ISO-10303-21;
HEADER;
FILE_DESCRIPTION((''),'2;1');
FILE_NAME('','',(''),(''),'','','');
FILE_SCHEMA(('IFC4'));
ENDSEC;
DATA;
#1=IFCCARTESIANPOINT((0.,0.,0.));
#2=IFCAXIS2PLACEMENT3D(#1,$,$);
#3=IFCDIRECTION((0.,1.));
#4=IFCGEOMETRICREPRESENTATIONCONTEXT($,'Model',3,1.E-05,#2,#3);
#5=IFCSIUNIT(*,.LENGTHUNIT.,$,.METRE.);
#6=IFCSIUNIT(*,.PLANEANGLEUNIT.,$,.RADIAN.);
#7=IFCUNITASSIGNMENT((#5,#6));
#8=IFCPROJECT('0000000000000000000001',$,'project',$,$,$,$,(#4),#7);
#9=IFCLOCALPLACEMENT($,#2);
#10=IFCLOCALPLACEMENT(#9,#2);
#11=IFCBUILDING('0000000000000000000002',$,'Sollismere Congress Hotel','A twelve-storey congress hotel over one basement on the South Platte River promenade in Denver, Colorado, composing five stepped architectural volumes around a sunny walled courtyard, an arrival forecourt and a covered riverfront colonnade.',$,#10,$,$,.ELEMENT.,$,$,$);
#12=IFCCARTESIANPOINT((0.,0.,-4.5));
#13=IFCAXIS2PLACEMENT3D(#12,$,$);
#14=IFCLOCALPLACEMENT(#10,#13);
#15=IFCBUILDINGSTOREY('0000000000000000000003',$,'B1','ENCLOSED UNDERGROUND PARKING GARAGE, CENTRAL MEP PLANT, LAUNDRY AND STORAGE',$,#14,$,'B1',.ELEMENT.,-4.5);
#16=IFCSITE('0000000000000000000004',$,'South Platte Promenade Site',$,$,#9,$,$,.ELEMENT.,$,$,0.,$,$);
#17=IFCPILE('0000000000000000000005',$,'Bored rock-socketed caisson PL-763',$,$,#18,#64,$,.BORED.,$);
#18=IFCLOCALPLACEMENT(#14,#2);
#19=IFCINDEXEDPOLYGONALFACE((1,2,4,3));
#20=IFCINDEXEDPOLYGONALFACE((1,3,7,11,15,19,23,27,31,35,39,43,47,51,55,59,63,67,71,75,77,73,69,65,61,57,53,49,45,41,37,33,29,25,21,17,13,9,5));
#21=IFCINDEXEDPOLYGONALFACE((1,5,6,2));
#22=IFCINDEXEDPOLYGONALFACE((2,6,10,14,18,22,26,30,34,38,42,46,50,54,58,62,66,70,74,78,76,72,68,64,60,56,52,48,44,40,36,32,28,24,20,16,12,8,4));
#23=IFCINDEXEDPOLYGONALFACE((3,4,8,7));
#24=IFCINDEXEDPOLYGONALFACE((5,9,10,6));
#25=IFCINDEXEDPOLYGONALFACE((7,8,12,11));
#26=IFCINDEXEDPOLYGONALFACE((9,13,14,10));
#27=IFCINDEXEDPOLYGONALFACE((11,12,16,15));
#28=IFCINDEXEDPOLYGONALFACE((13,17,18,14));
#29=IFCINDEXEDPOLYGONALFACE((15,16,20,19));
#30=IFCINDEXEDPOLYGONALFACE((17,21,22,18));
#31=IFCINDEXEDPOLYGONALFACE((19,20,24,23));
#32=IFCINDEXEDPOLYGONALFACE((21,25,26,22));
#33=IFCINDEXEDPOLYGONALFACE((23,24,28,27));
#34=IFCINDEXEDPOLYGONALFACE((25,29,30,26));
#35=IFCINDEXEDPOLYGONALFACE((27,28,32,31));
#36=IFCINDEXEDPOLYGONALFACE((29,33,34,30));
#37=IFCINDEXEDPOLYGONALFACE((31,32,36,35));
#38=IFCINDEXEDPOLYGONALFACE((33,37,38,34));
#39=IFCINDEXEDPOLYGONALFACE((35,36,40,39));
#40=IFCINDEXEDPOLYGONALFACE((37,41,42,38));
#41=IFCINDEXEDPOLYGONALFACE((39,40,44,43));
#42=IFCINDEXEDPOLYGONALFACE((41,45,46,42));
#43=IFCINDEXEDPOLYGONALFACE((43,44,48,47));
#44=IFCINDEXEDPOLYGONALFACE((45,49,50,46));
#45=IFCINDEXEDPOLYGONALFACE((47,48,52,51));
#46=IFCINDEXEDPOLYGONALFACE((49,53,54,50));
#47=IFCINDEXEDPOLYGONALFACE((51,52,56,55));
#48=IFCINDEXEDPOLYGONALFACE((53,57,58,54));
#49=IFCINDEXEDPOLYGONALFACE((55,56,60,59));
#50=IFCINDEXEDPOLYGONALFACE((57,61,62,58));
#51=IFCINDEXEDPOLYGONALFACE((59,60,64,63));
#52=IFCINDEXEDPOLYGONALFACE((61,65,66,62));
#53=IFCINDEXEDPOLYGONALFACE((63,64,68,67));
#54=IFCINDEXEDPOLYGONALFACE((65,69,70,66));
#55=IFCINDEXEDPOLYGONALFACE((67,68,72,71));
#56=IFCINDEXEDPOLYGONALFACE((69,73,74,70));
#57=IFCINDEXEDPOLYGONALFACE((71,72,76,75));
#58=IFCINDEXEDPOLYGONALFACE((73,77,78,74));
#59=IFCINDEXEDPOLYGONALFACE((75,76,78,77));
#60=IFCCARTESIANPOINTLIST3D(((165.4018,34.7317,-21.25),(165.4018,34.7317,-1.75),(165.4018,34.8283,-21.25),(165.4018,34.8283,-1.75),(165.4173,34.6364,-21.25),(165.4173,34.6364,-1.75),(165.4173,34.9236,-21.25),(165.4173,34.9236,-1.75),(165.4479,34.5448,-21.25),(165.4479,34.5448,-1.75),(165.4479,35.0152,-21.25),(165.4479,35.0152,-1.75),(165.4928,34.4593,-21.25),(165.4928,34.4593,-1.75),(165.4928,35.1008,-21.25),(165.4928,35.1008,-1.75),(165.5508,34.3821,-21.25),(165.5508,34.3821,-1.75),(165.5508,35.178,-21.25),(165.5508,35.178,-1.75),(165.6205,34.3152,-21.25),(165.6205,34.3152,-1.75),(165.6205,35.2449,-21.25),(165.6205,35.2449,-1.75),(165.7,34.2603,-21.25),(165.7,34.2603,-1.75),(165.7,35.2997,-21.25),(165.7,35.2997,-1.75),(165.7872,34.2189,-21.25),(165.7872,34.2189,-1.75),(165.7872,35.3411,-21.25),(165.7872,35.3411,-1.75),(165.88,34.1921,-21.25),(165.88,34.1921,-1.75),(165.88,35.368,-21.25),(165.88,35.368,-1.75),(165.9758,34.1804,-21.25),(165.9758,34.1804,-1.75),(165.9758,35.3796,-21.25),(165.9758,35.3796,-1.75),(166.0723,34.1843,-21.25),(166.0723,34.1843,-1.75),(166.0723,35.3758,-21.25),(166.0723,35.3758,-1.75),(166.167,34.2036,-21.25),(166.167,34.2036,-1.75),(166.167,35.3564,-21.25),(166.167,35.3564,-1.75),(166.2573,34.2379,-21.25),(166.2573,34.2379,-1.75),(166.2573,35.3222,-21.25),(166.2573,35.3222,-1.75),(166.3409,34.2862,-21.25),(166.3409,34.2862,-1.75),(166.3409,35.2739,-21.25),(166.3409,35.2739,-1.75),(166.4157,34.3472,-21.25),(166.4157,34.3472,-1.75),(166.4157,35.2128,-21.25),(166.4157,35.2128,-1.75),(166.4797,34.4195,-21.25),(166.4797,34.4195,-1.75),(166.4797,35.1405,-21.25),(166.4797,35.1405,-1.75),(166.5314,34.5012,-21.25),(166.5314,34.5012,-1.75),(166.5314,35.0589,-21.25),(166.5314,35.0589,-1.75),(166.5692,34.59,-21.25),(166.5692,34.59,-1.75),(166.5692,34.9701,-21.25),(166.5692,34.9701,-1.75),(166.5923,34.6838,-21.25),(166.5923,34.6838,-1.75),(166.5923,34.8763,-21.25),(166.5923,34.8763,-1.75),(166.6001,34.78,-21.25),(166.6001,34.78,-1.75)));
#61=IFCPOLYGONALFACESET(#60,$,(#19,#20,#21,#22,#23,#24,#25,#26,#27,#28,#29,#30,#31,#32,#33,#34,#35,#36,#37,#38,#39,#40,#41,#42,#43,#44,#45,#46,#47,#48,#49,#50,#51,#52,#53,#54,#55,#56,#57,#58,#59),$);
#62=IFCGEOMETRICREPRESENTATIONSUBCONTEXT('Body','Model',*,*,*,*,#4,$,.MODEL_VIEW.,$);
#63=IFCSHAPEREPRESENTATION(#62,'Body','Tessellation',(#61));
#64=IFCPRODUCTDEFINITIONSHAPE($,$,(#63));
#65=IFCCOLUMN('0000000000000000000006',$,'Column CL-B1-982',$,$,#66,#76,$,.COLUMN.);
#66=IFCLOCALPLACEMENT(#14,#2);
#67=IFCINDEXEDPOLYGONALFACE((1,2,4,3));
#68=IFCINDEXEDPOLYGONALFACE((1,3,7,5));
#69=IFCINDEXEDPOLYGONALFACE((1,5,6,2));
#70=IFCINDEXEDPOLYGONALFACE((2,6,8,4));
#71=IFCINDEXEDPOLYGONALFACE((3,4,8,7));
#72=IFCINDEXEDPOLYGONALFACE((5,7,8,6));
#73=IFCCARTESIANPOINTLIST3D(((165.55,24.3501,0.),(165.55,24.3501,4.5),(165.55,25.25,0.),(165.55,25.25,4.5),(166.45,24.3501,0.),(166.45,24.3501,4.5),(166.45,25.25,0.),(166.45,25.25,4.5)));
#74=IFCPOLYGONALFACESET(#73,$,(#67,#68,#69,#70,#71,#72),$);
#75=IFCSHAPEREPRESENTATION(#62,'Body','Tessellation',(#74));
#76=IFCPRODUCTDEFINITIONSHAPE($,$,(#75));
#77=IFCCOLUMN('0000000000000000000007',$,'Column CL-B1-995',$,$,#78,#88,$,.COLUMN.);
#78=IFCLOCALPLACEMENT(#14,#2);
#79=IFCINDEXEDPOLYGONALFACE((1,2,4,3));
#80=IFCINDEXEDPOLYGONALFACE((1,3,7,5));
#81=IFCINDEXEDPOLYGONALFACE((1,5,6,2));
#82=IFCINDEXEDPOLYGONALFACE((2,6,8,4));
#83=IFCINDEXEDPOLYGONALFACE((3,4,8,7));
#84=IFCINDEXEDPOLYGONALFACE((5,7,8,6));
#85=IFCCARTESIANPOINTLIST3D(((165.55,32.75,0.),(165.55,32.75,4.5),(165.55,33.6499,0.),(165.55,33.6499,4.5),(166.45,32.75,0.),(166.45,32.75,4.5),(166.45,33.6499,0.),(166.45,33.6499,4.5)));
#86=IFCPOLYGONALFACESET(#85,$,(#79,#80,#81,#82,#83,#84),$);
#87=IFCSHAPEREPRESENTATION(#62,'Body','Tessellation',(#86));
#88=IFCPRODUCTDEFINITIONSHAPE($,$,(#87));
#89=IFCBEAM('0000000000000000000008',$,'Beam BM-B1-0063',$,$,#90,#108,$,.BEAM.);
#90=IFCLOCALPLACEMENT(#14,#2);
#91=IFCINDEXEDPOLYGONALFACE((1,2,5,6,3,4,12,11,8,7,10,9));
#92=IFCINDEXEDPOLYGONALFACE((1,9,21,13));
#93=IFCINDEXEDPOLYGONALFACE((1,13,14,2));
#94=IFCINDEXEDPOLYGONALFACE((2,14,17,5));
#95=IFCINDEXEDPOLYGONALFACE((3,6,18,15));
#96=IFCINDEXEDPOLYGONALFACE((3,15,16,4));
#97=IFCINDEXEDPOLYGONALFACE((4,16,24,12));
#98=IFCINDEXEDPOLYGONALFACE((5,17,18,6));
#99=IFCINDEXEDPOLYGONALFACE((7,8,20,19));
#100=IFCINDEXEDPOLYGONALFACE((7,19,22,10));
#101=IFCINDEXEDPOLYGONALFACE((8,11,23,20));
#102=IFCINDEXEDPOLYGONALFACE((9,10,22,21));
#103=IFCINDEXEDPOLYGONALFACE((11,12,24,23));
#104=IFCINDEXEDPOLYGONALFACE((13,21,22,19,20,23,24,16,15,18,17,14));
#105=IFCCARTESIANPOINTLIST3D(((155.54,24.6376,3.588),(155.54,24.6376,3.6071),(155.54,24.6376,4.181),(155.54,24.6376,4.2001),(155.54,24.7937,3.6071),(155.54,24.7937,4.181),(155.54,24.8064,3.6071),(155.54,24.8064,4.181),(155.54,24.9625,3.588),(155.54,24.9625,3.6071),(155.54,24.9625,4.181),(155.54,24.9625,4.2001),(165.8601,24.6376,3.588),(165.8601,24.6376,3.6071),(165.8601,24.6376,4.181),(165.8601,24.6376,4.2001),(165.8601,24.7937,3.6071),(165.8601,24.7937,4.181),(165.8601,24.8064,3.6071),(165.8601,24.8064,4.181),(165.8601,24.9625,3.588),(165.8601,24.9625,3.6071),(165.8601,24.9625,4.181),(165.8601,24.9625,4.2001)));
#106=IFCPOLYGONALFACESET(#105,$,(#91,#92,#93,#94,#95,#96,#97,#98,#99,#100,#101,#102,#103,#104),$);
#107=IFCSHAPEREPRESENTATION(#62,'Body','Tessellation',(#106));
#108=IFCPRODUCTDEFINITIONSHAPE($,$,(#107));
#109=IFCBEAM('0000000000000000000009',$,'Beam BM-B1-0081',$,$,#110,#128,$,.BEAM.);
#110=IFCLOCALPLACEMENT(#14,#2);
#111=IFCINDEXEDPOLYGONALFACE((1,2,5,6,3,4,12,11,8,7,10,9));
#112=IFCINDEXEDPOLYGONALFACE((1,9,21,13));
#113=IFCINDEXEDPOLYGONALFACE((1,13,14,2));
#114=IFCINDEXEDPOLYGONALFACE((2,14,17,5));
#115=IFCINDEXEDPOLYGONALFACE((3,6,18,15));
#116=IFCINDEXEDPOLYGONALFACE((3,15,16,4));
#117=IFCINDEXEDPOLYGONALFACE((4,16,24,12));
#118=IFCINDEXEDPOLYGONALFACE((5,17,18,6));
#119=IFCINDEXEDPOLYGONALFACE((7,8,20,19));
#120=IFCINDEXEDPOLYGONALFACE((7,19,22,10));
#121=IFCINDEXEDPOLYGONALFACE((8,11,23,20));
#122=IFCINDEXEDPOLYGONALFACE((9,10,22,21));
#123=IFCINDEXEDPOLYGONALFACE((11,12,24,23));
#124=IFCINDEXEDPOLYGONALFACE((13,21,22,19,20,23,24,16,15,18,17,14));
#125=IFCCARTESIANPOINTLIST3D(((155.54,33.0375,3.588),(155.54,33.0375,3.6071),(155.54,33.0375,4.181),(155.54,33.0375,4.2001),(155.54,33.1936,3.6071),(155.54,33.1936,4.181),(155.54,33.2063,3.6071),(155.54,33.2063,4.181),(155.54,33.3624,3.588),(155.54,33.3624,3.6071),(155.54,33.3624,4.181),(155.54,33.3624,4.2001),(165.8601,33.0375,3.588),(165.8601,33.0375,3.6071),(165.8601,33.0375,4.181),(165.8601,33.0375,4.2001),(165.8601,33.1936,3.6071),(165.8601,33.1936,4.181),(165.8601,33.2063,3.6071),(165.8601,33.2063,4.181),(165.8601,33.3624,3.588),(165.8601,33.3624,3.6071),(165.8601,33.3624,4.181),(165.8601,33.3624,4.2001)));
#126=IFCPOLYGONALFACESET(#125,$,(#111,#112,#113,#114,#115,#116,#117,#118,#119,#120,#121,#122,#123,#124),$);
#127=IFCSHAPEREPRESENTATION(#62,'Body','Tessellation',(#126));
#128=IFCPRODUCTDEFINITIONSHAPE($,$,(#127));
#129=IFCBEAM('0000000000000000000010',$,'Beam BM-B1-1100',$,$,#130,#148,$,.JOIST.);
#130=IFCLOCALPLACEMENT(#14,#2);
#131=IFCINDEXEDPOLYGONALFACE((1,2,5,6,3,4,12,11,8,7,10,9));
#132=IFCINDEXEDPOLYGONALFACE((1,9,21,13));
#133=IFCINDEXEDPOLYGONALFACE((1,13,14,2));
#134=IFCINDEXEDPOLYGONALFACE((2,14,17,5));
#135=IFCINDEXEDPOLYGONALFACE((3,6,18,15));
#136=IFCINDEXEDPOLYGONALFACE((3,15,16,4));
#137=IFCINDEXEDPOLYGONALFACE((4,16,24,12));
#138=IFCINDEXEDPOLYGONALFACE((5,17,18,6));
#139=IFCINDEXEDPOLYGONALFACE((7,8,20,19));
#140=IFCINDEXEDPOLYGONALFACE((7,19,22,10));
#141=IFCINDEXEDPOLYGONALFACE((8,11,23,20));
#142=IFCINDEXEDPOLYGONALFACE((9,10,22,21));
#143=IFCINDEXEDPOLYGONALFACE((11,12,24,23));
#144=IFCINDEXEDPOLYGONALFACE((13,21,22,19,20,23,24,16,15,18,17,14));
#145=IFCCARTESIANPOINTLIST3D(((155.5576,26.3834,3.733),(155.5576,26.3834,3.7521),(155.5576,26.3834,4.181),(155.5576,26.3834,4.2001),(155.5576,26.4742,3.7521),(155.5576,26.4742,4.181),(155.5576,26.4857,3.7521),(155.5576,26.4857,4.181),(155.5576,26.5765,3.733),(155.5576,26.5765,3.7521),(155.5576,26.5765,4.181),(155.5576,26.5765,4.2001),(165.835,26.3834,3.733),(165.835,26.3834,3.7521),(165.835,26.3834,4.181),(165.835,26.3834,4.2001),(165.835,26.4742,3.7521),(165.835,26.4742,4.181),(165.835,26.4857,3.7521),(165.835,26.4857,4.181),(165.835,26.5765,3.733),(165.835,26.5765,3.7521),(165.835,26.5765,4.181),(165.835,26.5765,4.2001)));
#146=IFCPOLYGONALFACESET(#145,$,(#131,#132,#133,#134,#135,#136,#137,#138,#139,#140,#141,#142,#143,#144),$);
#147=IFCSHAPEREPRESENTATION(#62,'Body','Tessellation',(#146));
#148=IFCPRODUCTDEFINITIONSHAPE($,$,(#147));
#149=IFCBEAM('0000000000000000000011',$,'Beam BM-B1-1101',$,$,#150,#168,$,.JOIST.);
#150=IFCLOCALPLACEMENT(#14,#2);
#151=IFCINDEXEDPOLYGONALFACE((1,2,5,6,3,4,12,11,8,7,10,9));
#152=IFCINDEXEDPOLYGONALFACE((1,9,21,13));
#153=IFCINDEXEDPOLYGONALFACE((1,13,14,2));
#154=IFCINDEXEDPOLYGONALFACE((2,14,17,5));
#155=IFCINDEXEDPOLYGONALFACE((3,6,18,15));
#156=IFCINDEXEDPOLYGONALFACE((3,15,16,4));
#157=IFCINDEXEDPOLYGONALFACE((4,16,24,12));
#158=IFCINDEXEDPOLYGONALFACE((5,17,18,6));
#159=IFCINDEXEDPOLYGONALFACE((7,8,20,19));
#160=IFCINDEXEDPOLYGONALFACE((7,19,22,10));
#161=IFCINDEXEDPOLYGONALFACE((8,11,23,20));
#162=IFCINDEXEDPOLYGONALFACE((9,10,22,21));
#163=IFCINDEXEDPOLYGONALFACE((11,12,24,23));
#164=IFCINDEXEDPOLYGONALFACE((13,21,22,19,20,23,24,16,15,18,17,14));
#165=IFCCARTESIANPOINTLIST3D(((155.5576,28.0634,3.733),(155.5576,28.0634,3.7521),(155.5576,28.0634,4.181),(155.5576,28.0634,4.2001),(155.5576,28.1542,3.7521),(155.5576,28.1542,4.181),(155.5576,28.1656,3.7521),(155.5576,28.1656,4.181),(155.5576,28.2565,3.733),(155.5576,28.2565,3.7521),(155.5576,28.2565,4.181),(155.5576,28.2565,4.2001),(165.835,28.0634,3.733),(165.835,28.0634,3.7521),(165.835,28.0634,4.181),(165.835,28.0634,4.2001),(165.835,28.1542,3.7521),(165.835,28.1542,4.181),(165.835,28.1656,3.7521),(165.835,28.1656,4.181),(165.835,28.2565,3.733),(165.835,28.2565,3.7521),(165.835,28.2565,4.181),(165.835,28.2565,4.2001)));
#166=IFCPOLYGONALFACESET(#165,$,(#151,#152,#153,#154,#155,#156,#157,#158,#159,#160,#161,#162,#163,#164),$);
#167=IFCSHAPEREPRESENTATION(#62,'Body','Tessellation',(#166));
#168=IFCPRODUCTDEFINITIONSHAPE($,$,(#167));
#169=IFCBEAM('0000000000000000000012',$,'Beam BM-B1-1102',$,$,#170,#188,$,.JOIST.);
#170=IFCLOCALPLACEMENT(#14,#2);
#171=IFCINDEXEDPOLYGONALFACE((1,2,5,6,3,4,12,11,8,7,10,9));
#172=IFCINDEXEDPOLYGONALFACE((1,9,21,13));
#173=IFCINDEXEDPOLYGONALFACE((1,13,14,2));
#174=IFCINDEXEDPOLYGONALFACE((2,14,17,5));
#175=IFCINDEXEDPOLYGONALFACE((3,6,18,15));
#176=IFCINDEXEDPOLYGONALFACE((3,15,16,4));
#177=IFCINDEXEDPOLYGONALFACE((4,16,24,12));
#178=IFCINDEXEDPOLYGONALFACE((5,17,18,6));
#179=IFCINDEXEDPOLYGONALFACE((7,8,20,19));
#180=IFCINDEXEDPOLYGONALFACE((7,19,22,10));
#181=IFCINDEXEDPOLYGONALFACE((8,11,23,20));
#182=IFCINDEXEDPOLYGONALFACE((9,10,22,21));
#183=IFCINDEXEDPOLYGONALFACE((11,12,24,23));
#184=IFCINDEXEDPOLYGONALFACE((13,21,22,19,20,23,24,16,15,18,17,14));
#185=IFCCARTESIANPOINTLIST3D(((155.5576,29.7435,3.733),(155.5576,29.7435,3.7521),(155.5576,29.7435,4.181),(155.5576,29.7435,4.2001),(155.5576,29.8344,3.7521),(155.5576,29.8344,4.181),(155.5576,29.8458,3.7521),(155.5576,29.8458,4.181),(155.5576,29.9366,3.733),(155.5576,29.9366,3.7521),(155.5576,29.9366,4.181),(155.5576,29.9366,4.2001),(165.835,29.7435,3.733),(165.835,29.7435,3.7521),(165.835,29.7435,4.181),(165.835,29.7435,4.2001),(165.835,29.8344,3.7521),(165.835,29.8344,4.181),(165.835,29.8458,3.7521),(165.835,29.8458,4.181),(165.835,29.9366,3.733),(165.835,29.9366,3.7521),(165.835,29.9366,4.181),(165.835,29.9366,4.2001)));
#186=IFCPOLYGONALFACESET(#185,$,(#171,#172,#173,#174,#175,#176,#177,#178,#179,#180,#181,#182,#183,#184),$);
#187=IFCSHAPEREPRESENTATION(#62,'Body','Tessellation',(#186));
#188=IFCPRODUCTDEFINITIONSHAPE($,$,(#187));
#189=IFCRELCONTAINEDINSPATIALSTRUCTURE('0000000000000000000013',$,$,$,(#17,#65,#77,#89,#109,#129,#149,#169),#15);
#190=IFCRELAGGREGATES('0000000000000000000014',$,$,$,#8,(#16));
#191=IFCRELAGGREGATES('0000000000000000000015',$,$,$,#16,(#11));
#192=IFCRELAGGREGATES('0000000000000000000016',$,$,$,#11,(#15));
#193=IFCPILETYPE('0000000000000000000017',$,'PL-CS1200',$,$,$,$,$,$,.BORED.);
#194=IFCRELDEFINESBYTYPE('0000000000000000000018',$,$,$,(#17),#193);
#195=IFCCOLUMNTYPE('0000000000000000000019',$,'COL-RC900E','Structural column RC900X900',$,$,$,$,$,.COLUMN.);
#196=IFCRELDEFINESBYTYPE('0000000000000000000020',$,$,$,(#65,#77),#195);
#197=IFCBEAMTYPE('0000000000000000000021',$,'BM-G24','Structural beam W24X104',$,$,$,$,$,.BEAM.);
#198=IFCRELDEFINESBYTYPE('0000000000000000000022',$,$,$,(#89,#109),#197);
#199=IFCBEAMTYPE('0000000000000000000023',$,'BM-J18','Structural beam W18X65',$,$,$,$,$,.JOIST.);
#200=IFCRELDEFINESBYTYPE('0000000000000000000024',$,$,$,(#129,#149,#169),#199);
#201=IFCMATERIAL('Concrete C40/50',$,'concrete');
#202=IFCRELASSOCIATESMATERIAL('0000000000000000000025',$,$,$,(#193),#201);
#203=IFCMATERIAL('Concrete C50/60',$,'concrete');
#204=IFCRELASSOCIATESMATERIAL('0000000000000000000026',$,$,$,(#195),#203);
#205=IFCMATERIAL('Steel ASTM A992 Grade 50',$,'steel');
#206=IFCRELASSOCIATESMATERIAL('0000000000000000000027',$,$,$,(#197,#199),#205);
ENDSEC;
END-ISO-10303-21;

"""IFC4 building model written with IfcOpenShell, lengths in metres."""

from ifc_helpers import new_model, si_unit, direction, frame, origin, origin_2d, place, context, subcontext, project, spatial, rectangle, circle, i_section, extrude, material, material_profile, profile_set, type_object, element, save


model = new_model("IFC4")

# Units and contexts
model_context = context("Model", 3, precision=1e-05, world=origin(), true_north=direction((0.0, 1.0)))
body_context = subcontext(model_context, "Body", "Model", "MODEL_VIEW")
ifc_project = project(units=[si_unit("LENGTHUNIT", "METRE"), si_unit("PLANEANGLEUNIT", "RADIAN")], contexts=[model_context])

# Site, building, storey
site_placement = place(None, origin())
site = spatial("IfcSite", under=ifc_project, at=site_placement, Name="South Platte Promenade Site", CompositionType="ELEMENT", RefElevation=0.0)
building_placement = place(site_placement, origin())
building = spatial("IfcBuilding", under=site, at=building_placement, Name="Sollismere Congress Hotel", Description="A twelve-storey congress hotel over one basement on the South Platte River promenade in Denver, Colorado, composing five stepped architectural volumes around a sunny walled courtyard, an arrival forecourt and a covered riverfront colonnade.", CompositionType="ELEMENT")
storey_placement = place(building_placement, frame((0.0, 0.0, -4.5)))
storey = spatial("IfcBuildingStorey", under=building, at=storey_placement, Name="B1", Description="ENCLOSED UNDERGROUND PARKING GARAGE, CENTRAL MEP PLANT, LAUNDRY AND STORAGE", LongName="B1", CompositionType="ELEMENT", Elevation=-4.5)

# Shared definitions
ifc_material_1 = material(Name="Concrete C40/50", Category="concrete")

# Pile
ifc_material_profile_1 = material_profile(ifc_material_1, circle(Radius=0.6001, at=origin_2d()), Name="CAISSON1200")
ifc_profile_set_1 = profile_set([ifc_material_profile_1], Name="Concrete C40/50")
pile_type = type_object("IfcPileType", Name="PL-CS1200", PredefinedType="BORED", material=ifc_profile_set_1)
for number, where, z_axis, x_axis, name in (
    (1, (166.0, 34.78, -1.75), (0.0, 0.0, -1.0), (1.0, 0.0, 0.0), "Bored rock-socketed caisson PL-763"),
):
    element("IfcPile", number, at=place(storey_placement, frame(where, z_axis=z_axis, x_axis=x_axis)), inside=storey, type_object=pile_type, Name=name, PredefinedType="BORED", context=body_context, shape_type="SweptSolid", body=[
        extrude(circle(Radius=0.6001, at=origin_2d()), origin(), (0.0, 0.0, 1.0), 19.5),
    ])

# Columns
ifc_material_2 = material(Name="Concrete C50/60", Category="concrete")
ifc_material_profile_2 = material_profile(ifc_material_2, rectangle(XDim=0.8999, YDim=0.8999, at=origin_2d()), Name="RC900X900")
ifc_profile_set_2 = profile_set([ifc_material_profile_2], Name="Concrete C50/60")
column_type = type_object("IfcColumnType", Name="COL-RC900E", Description="Structural column RC900X900", PredefinedType="COLUMN", material=ifc_profile_set_2)
for number, where, z_axis, x_axis, name in (
    (2, (166.0, 24.8, 0.0), (0.0, 0.0, 1.0), (1.0, 0.0, 0.0), "Column CL-B1-982"),
    (3, (166.0, 33.2, 0.0), (0.0, 0.0, 1.0), (1.0, 0.0, 0.0), "Column CL-B1-995"),
):
    element("IfcColumn", number, at=place(storey_placement, frame(where, z_axis=z_axis, x_axis=x_axis)), inside=storey, type_object=column_type, Name=name, PredefinedType="COLUMN", context=body_context, shape_type="SweptSolid", body=[
        extrude(rectangle(XDim=0.8999, YDim=0.8999, at=origin_2d()), origin(), (0.0, 0.0, 1.0), 4.5),
    ])

# Beams
ifc_material_3 = material(Name="Steel ASTM A992 Grade 50", Category="steel")
ifc_material_profile_3 = material_profile(ifc_material_3, i_section(OverallWidth=0.325, OverallDepth=0.6121, WebThickness=0.0127, FlangeThickness=0.019, at=origin_2d()), Name="W24X104")
ifc_profile_set_3 = profile_set([ifc_material_profile_3], Name="Steel ASTM A992 Grade 50")
beam_type_1 = type_object("IfcBeamType", Name="BM-G24", Description="Structural beam W24X104", PredefinedType="BEAM", material=ifc_profile_set_3)
for number, where, z_axis, x_axis, name in (
    (4, (155.54, 24.8, 3.894), (1.0, 0.0, 0.0), (0.0, 1.0, 0.0), "Beam BM-B1-0063"),
    (5, (155.54, 33.2, 3.894), (1.0, 0.0, 0.0), (0.0, 1.0, 0.0), "Beam BM-B1-0081"),
):
    element("IfcBeam", number, at=place(storey_placement, frame(where, z_axis=z_axis, x_axis=x_axis)), inside=storey, type_object=beam_type_1, Name=name, PredefinedType="BEAM", context=body_context, shape_type="SweptSolid", body=[
        extrude(i_section(OverallWidth=0.325, OverallDepth=0.6121, WebThickness=0.0127, FlangeThickness=0.019, at=origin_2d()), origin(), (0.0, 0.0, 1.0), 10.3201),
    ])
ifc_material_profile_4 = material_profile(ifc_material_3, i_section(OverallWidth=0.1931, OverallDepth=0.467, WebThickness=0.0115, FlangeThickness=0.019, at=origin_2d()), Name="W18X65")
ifc_profile_set_4 = profile_set([ifc_material_profile_4], Name="Steel ASTM A992 Grade 50")
beam_type_2 = type_object("IfcBeamType", Name="BM-J18", Description="Structural beam W18X65", PredefinedType="JOIST", material=ifc_profile_set_4)
for number, where, z_axis, x_axis, name in (
    (6, (155.5576, 26.48, 3.9666), (1.0, 0.0, 0.0), (0.0, 1.0, 0.0), "Beam BM-B1-1100"),
    (7, (155.5576, 28.1599, 3.9666), (1.0, 0.0, 0.0), (0.0, 1.0, 0.0), "Beam BM-B1-1101"),
    (8, (155.5576, 29.8401, 3.9666), (1.0, 0.0, 0.0), (0.0, 1.0, 0.0), "Beam BM-B1-1102"),
):
    element("IfcBeam", number, at=place(storey_placement, frame(where, z_axis=z_axis, x_axis=x_axis)), inside=storey, type_object=beam_type_2, Name=name, PredefinedType="JOIST", context=body_context, shape_type="SweptSolid", body=[
        extrude(i_section(OverallWidth=0.1931, OverallDepth=0.467, WebThickness=0.0115, FlangeThickness=0.019, at=origin_2d()), origin(), (0.0, 0.0, 1.0), 10.2773),
    ])

save(model, "model.ifc")
